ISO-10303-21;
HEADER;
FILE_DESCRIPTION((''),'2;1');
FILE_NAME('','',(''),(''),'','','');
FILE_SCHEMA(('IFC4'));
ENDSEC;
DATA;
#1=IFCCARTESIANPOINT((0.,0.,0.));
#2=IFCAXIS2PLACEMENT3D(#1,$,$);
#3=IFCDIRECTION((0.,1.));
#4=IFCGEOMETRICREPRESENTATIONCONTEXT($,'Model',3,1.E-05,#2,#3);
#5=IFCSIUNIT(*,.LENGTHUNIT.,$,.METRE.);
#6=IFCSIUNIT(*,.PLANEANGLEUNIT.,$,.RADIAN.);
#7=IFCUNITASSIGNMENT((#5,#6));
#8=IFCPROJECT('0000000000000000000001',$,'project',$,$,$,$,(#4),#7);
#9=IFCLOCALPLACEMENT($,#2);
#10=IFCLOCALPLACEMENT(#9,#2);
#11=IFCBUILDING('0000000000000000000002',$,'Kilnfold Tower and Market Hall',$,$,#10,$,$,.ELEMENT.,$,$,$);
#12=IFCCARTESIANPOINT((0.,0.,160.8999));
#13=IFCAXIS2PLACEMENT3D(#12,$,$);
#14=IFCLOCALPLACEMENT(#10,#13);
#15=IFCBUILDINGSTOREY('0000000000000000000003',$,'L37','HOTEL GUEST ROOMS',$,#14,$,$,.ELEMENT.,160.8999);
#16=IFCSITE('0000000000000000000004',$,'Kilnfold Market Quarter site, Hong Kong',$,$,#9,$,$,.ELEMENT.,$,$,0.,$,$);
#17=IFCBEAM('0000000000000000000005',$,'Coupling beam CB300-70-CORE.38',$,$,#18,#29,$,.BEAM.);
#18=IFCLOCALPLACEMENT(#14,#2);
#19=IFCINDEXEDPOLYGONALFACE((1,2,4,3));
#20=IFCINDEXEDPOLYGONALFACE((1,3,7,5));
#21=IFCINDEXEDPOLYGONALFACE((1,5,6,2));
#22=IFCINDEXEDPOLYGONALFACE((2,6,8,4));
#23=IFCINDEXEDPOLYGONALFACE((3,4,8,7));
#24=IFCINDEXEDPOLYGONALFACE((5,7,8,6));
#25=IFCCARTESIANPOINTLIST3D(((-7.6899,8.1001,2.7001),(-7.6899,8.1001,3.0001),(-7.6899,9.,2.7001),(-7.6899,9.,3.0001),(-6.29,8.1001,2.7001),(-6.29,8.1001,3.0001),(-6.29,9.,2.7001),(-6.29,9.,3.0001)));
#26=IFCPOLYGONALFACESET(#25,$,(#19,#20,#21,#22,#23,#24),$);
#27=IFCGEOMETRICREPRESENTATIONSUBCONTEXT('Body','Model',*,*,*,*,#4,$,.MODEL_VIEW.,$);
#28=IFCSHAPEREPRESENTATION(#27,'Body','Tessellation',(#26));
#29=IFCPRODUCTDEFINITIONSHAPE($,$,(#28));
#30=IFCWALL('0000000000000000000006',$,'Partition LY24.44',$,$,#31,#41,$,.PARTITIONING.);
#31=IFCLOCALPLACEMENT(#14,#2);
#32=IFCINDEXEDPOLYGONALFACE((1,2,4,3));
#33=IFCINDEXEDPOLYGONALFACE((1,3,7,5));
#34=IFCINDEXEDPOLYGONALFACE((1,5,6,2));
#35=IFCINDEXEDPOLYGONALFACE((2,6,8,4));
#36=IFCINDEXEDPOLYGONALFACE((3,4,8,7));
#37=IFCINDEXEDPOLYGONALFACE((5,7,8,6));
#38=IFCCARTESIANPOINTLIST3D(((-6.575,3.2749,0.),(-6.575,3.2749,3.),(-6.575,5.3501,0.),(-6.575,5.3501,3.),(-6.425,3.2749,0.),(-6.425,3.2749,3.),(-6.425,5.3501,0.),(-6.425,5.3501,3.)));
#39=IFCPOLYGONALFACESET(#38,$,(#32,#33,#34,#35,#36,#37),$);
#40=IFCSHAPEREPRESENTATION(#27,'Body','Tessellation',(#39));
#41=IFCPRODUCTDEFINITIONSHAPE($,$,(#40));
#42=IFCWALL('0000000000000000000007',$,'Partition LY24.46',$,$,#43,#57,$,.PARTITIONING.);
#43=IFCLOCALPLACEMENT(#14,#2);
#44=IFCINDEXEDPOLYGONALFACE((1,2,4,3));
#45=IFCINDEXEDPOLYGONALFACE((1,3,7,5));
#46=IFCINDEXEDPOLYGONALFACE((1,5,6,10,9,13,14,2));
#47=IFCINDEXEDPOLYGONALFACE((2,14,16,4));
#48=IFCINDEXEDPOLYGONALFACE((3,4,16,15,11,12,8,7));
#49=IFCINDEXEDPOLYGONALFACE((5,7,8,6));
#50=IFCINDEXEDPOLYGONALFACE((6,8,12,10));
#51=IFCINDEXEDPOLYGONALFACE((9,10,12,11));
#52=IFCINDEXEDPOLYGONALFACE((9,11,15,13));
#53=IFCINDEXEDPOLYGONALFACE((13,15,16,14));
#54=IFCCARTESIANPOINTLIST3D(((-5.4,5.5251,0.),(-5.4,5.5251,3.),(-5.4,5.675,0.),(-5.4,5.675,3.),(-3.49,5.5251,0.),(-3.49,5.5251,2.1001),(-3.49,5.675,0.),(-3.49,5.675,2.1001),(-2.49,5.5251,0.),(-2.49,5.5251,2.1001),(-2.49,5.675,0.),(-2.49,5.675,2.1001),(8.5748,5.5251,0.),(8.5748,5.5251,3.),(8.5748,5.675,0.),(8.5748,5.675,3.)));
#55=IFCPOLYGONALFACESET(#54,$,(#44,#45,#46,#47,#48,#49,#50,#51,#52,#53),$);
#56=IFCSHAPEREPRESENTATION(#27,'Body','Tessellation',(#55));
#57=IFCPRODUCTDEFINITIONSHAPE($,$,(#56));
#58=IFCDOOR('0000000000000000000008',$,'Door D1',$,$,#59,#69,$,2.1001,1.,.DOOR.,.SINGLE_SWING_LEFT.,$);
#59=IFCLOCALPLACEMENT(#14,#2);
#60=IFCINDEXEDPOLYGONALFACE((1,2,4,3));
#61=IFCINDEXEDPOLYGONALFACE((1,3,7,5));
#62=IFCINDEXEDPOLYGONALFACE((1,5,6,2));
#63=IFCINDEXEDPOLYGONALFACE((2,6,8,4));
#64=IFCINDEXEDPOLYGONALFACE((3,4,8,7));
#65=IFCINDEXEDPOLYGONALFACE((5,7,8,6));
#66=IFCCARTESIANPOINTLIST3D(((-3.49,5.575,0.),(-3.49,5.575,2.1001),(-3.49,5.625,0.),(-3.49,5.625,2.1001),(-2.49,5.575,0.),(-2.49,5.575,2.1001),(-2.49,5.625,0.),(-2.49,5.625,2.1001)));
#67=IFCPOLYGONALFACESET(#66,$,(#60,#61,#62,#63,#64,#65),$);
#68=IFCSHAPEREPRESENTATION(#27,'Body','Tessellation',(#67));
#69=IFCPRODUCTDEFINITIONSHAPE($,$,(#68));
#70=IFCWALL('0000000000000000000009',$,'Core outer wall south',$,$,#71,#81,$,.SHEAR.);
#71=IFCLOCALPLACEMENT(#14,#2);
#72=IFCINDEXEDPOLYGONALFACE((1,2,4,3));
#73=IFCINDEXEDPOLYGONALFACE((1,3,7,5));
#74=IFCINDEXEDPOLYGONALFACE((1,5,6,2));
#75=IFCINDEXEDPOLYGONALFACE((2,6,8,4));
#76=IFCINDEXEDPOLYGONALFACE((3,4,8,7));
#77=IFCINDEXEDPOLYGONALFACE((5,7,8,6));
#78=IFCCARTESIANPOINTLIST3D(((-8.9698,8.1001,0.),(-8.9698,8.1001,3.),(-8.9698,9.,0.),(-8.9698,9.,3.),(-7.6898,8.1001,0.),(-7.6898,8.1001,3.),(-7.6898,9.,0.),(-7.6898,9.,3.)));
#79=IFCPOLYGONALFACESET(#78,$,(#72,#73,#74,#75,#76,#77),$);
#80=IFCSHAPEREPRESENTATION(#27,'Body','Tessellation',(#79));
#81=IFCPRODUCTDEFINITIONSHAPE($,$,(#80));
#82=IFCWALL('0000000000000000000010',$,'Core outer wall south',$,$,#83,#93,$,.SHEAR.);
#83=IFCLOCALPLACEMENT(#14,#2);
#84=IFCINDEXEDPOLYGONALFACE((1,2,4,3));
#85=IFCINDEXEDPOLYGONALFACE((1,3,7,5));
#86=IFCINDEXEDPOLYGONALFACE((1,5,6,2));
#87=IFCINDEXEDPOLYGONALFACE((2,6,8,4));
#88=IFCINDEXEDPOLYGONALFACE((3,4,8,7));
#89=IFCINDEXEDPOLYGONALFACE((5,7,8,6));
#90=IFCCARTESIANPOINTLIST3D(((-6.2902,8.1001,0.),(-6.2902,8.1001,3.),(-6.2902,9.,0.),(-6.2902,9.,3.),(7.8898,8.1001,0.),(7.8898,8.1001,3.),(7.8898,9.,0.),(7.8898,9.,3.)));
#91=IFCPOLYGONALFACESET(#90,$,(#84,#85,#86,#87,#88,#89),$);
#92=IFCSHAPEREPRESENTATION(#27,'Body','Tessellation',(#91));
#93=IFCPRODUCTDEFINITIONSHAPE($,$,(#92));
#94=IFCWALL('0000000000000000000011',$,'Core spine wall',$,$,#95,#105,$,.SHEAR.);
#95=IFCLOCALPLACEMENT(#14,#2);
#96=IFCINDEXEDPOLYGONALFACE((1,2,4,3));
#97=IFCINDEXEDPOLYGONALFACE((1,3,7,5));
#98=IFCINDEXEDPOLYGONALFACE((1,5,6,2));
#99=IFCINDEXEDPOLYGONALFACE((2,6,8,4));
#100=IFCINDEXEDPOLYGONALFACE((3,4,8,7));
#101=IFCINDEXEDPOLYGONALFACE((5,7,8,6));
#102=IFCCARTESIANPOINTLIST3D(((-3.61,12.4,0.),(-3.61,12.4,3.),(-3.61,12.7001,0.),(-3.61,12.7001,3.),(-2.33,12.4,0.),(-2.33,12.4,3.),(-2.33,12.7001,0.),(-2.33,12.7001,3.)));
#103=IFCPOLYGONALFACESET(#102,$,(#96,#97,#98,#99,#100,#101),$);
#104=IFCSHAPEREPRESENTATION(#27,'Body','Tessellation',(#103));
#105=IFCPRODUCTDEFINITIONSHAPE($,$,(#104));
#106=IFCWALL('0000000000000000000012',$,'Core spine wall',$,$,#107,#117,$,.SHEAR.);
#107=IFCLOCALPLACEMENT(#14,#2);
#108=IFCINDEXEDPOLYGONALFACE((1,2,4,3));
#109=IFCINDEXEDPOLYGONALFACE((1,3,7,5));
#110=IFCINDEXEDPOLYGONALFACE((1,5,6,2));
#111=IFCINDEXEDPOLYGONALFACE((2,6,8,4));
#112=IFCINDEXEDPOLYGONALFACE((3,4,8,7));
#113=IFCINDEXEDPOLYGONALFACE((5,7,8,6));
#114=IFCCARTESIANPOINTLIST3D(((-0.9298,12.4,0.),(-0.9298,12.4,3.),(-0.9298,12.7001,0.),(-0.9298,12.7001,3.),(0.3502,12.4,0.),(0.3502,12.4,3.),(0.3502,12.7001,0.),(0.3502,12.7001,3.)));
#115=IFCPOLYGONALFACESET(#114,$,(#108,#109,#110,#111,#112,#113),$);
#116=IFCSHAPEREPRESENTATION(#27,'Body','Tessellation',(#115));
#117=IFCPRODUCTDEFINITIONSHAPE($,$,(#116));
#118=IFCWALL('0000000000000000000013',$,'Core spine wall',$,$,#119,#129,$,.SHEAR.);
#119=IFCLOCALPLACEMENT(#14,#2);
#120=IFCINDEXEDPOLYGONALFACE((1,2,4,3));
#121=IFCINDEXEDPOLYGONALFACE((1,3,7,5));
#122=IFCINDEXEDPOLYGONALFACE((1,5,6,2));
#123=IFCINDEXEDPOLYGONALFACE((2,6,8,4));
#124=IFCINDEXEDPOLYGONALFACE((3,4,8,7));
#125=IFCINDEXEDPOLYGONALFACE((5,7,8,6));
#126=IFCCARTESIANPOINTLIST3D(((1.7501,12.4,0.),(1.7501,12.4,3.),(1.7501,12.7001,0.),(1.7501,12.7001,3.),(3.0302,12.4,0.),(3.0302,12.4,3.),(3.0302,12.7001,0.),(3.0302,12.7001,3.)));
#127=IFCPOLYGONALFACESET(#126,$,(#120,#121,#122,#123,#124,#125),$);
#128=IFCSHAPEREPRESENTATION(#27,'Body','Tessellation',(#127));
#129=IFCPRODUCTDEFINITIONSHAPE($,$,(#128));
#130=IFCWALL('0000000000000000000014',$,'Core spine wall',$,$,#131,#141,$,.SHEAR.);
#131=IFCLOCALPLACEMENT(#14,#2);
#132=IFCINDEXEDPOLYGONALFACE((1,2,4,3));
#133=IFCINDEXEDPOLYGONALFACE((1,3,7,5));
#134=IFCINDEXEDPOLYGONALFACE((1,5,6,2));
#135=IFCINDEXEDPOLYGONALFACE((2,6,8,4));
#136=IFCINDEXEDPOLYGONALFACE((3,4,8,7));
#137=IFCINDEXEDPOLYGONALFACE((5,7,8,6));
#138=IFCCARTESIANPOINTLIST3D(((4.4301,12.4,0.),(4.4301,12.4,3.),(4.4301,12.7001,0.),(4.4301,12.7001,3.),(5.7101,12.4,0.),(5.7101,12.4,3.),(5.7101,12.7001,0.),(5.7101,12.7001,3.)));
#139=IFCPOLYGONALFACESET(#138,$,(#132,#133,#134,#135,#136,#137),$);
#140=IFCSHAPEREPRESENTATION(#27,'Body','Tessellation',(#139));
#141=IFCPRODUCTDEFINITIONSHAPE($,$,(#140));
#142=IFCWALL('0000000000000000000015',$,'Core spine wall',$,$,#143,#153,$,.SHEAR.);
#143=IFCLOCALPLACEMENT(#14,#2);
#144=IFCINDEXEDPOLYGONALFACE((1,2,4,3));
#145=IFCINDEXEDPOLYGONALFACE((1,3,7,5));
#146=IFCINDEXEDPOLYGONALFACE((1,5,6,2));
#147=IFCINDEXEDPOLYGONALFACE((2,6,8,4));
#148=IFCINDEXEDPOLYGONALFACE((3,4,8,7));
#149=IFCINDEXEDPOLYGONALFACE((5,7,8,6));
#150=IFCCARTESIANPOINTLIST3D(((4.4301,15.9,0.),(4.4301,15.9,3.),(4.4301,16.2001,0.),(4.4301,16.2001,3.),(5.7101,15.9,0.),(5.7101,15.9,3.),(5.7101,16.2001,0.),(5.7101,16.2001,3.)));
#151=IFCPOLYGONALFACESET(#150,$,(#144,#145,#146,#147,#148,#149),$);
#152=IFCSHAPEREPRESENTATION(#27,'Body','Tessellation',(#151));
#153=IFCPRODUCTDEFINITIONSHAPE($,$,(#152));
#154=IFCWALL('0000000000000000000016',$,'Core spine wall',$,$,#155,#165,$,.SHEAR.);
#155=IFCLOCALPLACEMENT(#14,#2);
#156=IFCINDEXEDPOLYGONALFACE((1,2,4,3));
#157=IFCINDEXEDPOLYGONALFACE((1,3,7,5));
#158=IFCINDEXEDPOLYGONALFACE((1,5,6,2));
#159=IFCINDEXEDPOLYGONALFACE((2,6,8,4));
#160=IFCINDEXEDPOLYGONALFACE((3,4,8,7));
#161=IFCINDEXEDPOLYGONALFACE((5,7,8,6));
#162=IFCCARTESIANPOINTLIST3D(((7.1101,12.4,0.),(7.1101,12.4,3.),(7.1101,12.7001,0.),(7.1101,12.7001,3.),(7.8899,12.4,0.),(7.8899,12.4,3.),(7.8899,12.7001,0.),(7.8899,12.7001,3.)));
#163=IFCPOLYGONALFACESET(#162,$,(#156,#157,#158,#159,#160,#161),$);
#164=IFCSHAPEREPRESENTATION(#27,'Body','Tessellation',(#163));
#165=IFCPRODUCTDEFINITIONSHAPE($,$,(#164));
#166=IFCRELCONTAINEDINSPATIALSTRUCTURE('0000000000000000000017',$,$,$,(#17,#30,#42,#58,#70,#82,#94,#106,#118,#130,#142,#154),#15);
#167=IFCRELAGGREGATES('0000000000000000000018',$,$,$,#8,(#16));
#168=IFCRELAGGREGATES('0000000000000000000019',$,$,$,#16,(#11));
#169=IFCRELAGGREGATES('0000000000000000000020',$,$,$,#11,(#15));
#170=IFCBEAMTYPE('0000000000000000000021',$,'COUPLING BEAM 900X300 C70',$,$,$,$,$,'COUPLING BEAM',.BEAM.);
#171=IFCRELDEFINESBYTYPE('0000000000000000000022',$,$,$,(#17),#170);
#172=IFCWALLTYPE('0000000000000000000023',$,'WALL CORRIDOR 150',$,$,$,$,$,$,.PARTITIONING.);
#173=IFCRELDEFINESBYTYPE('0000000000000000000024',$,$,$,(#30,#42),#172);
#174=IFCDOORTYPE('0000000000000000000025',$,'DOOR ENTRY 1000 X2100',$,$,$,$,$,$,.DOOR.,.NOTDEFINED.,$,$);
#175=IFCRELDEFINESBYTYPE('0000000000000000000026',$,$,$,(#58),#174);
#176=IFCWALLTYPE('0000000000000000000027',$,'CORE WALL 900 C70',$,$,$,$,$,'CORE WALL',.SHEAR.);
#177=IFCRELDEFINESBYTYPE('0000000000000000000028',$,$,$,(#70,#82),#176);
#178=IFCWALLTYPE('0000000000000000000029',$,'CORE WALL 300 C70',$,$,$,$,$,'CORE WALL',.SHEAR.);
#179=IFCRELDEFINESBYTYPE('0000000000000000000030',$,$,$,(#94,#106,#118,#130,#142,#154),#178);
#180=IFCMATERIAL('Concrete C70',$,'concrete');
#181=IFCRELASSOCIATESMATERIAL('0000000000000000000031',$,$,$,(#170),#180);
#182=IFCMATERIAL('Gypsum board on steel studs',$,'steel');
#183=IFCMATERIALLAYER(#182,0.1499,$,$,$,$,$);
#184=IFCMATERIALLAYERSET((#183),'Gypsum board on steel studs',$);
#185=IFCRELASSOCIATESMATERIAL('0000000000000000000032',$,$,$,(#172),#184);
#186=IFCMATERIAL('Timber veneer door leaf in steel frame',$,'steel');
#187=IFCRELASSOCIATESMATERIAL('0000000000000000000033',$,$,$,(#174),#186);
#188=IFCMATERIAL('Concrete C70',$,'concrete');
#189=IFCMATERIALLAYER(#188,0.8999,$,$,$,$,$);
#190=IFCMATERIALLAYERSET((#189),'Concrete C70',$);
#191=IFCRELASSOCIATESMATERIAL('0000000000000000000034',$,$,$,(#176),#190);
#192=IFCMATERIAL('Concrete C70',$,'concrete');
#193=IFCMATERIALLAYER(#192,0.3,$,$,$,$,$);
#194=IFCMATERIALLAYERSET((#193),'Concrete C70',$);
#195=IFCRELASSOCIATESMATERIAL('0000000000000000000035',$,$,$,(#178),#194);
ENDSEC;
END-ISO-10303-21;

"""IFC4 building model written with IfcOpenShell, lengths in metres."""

from ifc_helpers import new_model, si_unit, direction, frame, frame_2d, origin, origin_2d, place, context, subcontext, project, spatial, rectangle, extrude, source, transform, mapped, material, layer, layer_set, material_profile, profile_set, type_object, element, fill, save


model = new_model("IFC4")

# Units and contexts
model_context = context("Model", 3, precision=1e-05, world=origin(), true_north=direction((0.0, 1.0)))
body_context = subcontext(model_context, "Body", "Model", "MODEL_VIEW")
ifc_project = project(units=[si_unit("LENGTHUNIT", "METRE"), si_unit("PLANEANGLEUNIT", "RADIAN")], contexts=[model_context])

# Site, building, storey
site_placement = place(None, origin())
site = spatial("IfcSite", under=ifc_project, at=site_placement, Name="Kilnfold Market Quarter site, Hong Kong", CompositionType="ELEMENT", RefElevation=0.0)
building_placement = place(site_placement, origin())
building = spatial("IfcBuilding", under=site, at=building_placement, Name="Kilnfold Tower and Market Hall", CompositionType="ELEMENT")
storey_placement = place(building_placement, frame((0.0, 0.0, 160.8999)))
storey = spatial("IfcBuildingStorey", under=building, at=storey_placement, Name="L37", Description="HOTEL GUEST ROOMS", CompositionType="ELEMENT", Elevation=160.8999)

# Beam
ifc_material_1 = material(Name="Concrete C70", Category="concrete")
ifc_material_profile = material_profile(ifc_material_1, rectangle(XDim=0.8999, YDim=0.3, at=origin_2d()), Name="RC 900x300")
ifc_profile_set = profile_set([ifc_material_profile], Name="Concrete C70")
beam_type = type_object("IfcBeamType", Name="COUPLING BEAM 900X300 C70", ElementType="COUPLING BEAM", PredefinedType="BEAM", material=ifc_profile_set)
shared_shape_1 = source(origin(), body_context, "Body", "SweptSolid", [
    extrude(rectangle(XDim=0.8999, YDim=0.3, at=origin_2d()), origin(), (0.0, 0.0, 1.0), 1.3999),
])
beam_placement = place(storey_placement, frame((-7.6899, 8.55, 2.8501), z_axis=(1.0, 0.0, 0.0), x_axis=(0.0, 1.0, 0.0)))
element("IfcBeam", 1, at=beam_placement, inside=storey, type_object=beam_type, Name="Coupling beam CB300-70-CORE.38", PredefinedType="BEAM", context=body_context, shape_type="MappedRepresentation", body=[
    mapped(shared_shape_1, transform((0.0, 0.0, 0.0))),
])

# Wall
ifc_material_2 = material(Name="Gypsum board on steel studs", Category="steel")
ifc_layer_1 = layer(ifc_material_2, 0.1499)
ifc_layer_set_1 = layer_set([ifc_layer_1], Name="Gypsum board on steel studs")
wall_type_1 = type_object("IfcWallType", Name="WALL CORRIDOR 150", PredefinedType="PARTITIONING", material=ifc_layer_set_1)
wall_1_placement = place(storey_placement, frame((-6.5, 3.2749, 0.0), z_axis=(0.0, 0.0, 1.0), x_axis=(0.0, 1.0, 0.0)))
element("IfcWall", 2, at=wall_1_placement, inside=storey, type_object=wall_type_1, Name="Partition LY24.44", PredefinedType="PARTITIONING", context=body_context, shape_type="SweptSolid", body=[
    extrude(rectangle(XDim=2.0752, YDim=0.1499, at=frame_2d((1.0376, 0.0))), origin(), (0.0, 0.0, 1.0), 3.0),
])

# Wall, opening, door
wall_2_placement = place(storey_placement, frame((-5.3999, 5.6001, 0.0), z_axis=(0.0, 0.0, 1.0), x_axis=(1.0, 0.0, 0.0)))
wall_2 = element("IfcWall", 3, at=wall_2_placement, inside=storey, type_object=wall_type_1, Name="Partition LY24.46", PredefinedType="PARTITIONING", context=body_context, shape_type="SweptSolid", body=[
    extrude(rectangle(XDim=13.9749, YDim=0.1499, at=frame_2d((6.9873, 0.0))), origin(), (0.0, 0.0, 1.0), 3.0),
])
opening_1_placement = place(wall_2_placement, frame((1.9099, 0.0, 0.0)))
opening_1 = element("IfcOpeningElement", 4, at=opening_1_placement, cuts=wall_2, PredefinedType="OPENING", context=body_context, shape_type="SweptSolid", body=[
    extrude(rectangle(XDim=1.0, YDim=2.1001, at=frame_2d((0.5, 1.05))), frame((0.0, 0.085, 0.0), z_axis=(0.0, -1.0, 0.0), x_axis=(1.0, 0.0, 0.0)), (0.0, 0.0, 1.0), 0.1699),
])
ifc_material_3 = material(Name="Timber veneer door leaf in steel frame", Category="steel")
door_type_1 = type_object("IfcDoorType", Name="DOOR ENTRY 1000 X2100", OperationType="NOTDEFINED", PredefinedType="DOOR", material=ifc_material_3)
door_1_placement = place(opening_1_placement, origin())
door_1 = element("IfcDoor", 5, at=door_1_placement, inside=storey, type_object=door_type_1, Name="Door D1", OperationType="SINGLE_SWING_LEFT", OverallHeight=2.1001, OverallWidth=1.0, PredefinedType="DOOR", context=body_context, shape_type="SweptSolid", body=[
    extrude(rectangle(XDim=1.0, YDim=2.1001, at=frame_2d((0.5, 1.05))), frame((0.0, 0.0249, 0.0), z_axis=(0.0, -1.0, 0.0), x_axis=(1.0, 0.0, 0.0)), (0.0, 0.0, 1.0), 0.05),
])
fill(opening_1, door_1)

# Walls
ifc_material_4 = material(Name="Concrete C70", Category="concrete")
ifc_layer_2 = layer(ifc_material_4, 0.8999)
ifc_layer_set_2 = layer_set([ifc_layer_2], Name="Concrete C70")
wall_type_2 = type_object("IfcWallType", Name="CORE WALL 900 C70", ElementType="CORE WALL", PredefinedType="SHEAR", material=ifc_layer_set_2)
shared_shape_2 = source(origin(), body_context, "Body", "SweptSolid", [
    extrude(rectangle(XDim=1.28, YDim=0.8999, at=frame_2d((0.6401, 0.0))), origin(), (0.0, 0.0, 1.0), 3.0),
])
wall_3_placement = place(storey_placement, frame((-8.97, 8.55, 0.0), z_axis=(0.0, 0.0, 1.0), x_axis=(1.0, 0.0, 0.0)))
element("IfcWall", 6, at=wall_3_placement, inside=storey, type_object=wall_type_2, Name="Core outer wall south", PredefinedType="SHEAR", context=body_context, shape_type="MappedRepresentation", body=[
    mapped(shared_shape_2, transform((0.0, 0.0, 0.0))),
])
shared_shape_3 = source(origin(), body_context, "Body", "SweptSolid", [
    extrude(rectangle(XDim=14.1799, YDim=0.8999, at=frame_2d((7.0898, 0.0))), origin(), (0.0, 0.0, 1.0), 3.0),
])
wall_4_placement = place(storey_placement, frame((-6.29, 8.55, 0.0), z_axis=(0.0, 0.0, 1.0), x_axis=(1.0, 0.0, 0.0)))
element("IfcWall", 7, at=wall_4_placement, inside=storey, type_object=wall_type_2, Name="Core outer wall south", PredefinedType="SHEAR", context=body_context, shape_type="MappedRepresentation", body=[
    mapped(shared_shape_3, transform((0.0, 0.0, 0.0))),
])
ifc_material_5 = material(Name="Concrete C70", Category="concrete")
ifc_layer_3 = layer(ifc_material_5, 0.3)
ifc_layer_set_3 = layer_set([ifc_layer_3], Name="Concrete C70")
wall_type_3 = type_object("IfcWallType", Name="CORE WALL 300 C70", ElementType="CORE WALL", PredefinedType="SHEAR", material=ifc_layer_set_3)
shared_shape_4 = source(origin(), body_context, "Body", "SweptSolid", [
    extrude(rectangle(XDim=1.28, YDim=0.3, at=frame_2d((0.6401, 0.0))), origin(), (0.0, 0.0, 1.0), 3.0),
])
for number, where, z_axis, x_axis, name in (
    (8, (-3.6101, 12.55, 0.0), (0.0, 0.0, 1.0), (1.0, 0.0, 0.0), "Core spine wall"),
    (9, (-0.9299, 12.55, 0.0), (0.0, 0.0, 1.0), (1.0, 0.0, 0.0), "Core spine wall"),
    (10, (1.75, 12.55, 0.0), (0.0, 0.0, 1.0), (1.0, 0.0, 0.0), "Core spine wall"),
    (11, (4.4299, 12.55, 0.0), (0.0, 0.0, 1.0), (1.0, 0.0, 0.0), "Core spine wall"),
    (12, (4.4299, 16.05, 0.0), (0.0, 0.0, 1.0), (1.0, 0.0, 0.0), "Core spine wall"),
):
    element("IfcWall", number, at=place(storey_placement, frame(where, z_axis=z_axis, x_axis=x_axis)), inside=storey, type_object=wall_type_3, Name=name, PredefinedType="SHEAR", context=body_context, shape_type="MappedRepresentation", body=[
        mapped(shared_shape_4, transform((0.0, 0.0, 0.0))),
    ])
shared_shape_5 = source(origin(), body_context, "Body", "SweptSolid", [
    extrude(rectangle(XDim=0.7798, YDim=0.3, at=frame_2d((0.3899, 0.0))), origin(), (0.0, 0.0, 1.0), 3.0),
])
wall_5_placement = place(storey_placement, frame((7.1101, 12.55, 0.0), z_axis=(0.0, 0.0, 1.0), x_axis=(1.0, 0.0, 0.0)))
element("IfcWall", 13, at=wall_5_placement, inside=storey, type_object=wall_type_3, Name="Core spine wall", PredefinedType="SHEAR", context=body_context, shape_type="MappedRepresentation", body=[
    mapped(shared_shape_5, transform((0.0, 0.0, 0.0))),
])

save(model, "model.ifc")
